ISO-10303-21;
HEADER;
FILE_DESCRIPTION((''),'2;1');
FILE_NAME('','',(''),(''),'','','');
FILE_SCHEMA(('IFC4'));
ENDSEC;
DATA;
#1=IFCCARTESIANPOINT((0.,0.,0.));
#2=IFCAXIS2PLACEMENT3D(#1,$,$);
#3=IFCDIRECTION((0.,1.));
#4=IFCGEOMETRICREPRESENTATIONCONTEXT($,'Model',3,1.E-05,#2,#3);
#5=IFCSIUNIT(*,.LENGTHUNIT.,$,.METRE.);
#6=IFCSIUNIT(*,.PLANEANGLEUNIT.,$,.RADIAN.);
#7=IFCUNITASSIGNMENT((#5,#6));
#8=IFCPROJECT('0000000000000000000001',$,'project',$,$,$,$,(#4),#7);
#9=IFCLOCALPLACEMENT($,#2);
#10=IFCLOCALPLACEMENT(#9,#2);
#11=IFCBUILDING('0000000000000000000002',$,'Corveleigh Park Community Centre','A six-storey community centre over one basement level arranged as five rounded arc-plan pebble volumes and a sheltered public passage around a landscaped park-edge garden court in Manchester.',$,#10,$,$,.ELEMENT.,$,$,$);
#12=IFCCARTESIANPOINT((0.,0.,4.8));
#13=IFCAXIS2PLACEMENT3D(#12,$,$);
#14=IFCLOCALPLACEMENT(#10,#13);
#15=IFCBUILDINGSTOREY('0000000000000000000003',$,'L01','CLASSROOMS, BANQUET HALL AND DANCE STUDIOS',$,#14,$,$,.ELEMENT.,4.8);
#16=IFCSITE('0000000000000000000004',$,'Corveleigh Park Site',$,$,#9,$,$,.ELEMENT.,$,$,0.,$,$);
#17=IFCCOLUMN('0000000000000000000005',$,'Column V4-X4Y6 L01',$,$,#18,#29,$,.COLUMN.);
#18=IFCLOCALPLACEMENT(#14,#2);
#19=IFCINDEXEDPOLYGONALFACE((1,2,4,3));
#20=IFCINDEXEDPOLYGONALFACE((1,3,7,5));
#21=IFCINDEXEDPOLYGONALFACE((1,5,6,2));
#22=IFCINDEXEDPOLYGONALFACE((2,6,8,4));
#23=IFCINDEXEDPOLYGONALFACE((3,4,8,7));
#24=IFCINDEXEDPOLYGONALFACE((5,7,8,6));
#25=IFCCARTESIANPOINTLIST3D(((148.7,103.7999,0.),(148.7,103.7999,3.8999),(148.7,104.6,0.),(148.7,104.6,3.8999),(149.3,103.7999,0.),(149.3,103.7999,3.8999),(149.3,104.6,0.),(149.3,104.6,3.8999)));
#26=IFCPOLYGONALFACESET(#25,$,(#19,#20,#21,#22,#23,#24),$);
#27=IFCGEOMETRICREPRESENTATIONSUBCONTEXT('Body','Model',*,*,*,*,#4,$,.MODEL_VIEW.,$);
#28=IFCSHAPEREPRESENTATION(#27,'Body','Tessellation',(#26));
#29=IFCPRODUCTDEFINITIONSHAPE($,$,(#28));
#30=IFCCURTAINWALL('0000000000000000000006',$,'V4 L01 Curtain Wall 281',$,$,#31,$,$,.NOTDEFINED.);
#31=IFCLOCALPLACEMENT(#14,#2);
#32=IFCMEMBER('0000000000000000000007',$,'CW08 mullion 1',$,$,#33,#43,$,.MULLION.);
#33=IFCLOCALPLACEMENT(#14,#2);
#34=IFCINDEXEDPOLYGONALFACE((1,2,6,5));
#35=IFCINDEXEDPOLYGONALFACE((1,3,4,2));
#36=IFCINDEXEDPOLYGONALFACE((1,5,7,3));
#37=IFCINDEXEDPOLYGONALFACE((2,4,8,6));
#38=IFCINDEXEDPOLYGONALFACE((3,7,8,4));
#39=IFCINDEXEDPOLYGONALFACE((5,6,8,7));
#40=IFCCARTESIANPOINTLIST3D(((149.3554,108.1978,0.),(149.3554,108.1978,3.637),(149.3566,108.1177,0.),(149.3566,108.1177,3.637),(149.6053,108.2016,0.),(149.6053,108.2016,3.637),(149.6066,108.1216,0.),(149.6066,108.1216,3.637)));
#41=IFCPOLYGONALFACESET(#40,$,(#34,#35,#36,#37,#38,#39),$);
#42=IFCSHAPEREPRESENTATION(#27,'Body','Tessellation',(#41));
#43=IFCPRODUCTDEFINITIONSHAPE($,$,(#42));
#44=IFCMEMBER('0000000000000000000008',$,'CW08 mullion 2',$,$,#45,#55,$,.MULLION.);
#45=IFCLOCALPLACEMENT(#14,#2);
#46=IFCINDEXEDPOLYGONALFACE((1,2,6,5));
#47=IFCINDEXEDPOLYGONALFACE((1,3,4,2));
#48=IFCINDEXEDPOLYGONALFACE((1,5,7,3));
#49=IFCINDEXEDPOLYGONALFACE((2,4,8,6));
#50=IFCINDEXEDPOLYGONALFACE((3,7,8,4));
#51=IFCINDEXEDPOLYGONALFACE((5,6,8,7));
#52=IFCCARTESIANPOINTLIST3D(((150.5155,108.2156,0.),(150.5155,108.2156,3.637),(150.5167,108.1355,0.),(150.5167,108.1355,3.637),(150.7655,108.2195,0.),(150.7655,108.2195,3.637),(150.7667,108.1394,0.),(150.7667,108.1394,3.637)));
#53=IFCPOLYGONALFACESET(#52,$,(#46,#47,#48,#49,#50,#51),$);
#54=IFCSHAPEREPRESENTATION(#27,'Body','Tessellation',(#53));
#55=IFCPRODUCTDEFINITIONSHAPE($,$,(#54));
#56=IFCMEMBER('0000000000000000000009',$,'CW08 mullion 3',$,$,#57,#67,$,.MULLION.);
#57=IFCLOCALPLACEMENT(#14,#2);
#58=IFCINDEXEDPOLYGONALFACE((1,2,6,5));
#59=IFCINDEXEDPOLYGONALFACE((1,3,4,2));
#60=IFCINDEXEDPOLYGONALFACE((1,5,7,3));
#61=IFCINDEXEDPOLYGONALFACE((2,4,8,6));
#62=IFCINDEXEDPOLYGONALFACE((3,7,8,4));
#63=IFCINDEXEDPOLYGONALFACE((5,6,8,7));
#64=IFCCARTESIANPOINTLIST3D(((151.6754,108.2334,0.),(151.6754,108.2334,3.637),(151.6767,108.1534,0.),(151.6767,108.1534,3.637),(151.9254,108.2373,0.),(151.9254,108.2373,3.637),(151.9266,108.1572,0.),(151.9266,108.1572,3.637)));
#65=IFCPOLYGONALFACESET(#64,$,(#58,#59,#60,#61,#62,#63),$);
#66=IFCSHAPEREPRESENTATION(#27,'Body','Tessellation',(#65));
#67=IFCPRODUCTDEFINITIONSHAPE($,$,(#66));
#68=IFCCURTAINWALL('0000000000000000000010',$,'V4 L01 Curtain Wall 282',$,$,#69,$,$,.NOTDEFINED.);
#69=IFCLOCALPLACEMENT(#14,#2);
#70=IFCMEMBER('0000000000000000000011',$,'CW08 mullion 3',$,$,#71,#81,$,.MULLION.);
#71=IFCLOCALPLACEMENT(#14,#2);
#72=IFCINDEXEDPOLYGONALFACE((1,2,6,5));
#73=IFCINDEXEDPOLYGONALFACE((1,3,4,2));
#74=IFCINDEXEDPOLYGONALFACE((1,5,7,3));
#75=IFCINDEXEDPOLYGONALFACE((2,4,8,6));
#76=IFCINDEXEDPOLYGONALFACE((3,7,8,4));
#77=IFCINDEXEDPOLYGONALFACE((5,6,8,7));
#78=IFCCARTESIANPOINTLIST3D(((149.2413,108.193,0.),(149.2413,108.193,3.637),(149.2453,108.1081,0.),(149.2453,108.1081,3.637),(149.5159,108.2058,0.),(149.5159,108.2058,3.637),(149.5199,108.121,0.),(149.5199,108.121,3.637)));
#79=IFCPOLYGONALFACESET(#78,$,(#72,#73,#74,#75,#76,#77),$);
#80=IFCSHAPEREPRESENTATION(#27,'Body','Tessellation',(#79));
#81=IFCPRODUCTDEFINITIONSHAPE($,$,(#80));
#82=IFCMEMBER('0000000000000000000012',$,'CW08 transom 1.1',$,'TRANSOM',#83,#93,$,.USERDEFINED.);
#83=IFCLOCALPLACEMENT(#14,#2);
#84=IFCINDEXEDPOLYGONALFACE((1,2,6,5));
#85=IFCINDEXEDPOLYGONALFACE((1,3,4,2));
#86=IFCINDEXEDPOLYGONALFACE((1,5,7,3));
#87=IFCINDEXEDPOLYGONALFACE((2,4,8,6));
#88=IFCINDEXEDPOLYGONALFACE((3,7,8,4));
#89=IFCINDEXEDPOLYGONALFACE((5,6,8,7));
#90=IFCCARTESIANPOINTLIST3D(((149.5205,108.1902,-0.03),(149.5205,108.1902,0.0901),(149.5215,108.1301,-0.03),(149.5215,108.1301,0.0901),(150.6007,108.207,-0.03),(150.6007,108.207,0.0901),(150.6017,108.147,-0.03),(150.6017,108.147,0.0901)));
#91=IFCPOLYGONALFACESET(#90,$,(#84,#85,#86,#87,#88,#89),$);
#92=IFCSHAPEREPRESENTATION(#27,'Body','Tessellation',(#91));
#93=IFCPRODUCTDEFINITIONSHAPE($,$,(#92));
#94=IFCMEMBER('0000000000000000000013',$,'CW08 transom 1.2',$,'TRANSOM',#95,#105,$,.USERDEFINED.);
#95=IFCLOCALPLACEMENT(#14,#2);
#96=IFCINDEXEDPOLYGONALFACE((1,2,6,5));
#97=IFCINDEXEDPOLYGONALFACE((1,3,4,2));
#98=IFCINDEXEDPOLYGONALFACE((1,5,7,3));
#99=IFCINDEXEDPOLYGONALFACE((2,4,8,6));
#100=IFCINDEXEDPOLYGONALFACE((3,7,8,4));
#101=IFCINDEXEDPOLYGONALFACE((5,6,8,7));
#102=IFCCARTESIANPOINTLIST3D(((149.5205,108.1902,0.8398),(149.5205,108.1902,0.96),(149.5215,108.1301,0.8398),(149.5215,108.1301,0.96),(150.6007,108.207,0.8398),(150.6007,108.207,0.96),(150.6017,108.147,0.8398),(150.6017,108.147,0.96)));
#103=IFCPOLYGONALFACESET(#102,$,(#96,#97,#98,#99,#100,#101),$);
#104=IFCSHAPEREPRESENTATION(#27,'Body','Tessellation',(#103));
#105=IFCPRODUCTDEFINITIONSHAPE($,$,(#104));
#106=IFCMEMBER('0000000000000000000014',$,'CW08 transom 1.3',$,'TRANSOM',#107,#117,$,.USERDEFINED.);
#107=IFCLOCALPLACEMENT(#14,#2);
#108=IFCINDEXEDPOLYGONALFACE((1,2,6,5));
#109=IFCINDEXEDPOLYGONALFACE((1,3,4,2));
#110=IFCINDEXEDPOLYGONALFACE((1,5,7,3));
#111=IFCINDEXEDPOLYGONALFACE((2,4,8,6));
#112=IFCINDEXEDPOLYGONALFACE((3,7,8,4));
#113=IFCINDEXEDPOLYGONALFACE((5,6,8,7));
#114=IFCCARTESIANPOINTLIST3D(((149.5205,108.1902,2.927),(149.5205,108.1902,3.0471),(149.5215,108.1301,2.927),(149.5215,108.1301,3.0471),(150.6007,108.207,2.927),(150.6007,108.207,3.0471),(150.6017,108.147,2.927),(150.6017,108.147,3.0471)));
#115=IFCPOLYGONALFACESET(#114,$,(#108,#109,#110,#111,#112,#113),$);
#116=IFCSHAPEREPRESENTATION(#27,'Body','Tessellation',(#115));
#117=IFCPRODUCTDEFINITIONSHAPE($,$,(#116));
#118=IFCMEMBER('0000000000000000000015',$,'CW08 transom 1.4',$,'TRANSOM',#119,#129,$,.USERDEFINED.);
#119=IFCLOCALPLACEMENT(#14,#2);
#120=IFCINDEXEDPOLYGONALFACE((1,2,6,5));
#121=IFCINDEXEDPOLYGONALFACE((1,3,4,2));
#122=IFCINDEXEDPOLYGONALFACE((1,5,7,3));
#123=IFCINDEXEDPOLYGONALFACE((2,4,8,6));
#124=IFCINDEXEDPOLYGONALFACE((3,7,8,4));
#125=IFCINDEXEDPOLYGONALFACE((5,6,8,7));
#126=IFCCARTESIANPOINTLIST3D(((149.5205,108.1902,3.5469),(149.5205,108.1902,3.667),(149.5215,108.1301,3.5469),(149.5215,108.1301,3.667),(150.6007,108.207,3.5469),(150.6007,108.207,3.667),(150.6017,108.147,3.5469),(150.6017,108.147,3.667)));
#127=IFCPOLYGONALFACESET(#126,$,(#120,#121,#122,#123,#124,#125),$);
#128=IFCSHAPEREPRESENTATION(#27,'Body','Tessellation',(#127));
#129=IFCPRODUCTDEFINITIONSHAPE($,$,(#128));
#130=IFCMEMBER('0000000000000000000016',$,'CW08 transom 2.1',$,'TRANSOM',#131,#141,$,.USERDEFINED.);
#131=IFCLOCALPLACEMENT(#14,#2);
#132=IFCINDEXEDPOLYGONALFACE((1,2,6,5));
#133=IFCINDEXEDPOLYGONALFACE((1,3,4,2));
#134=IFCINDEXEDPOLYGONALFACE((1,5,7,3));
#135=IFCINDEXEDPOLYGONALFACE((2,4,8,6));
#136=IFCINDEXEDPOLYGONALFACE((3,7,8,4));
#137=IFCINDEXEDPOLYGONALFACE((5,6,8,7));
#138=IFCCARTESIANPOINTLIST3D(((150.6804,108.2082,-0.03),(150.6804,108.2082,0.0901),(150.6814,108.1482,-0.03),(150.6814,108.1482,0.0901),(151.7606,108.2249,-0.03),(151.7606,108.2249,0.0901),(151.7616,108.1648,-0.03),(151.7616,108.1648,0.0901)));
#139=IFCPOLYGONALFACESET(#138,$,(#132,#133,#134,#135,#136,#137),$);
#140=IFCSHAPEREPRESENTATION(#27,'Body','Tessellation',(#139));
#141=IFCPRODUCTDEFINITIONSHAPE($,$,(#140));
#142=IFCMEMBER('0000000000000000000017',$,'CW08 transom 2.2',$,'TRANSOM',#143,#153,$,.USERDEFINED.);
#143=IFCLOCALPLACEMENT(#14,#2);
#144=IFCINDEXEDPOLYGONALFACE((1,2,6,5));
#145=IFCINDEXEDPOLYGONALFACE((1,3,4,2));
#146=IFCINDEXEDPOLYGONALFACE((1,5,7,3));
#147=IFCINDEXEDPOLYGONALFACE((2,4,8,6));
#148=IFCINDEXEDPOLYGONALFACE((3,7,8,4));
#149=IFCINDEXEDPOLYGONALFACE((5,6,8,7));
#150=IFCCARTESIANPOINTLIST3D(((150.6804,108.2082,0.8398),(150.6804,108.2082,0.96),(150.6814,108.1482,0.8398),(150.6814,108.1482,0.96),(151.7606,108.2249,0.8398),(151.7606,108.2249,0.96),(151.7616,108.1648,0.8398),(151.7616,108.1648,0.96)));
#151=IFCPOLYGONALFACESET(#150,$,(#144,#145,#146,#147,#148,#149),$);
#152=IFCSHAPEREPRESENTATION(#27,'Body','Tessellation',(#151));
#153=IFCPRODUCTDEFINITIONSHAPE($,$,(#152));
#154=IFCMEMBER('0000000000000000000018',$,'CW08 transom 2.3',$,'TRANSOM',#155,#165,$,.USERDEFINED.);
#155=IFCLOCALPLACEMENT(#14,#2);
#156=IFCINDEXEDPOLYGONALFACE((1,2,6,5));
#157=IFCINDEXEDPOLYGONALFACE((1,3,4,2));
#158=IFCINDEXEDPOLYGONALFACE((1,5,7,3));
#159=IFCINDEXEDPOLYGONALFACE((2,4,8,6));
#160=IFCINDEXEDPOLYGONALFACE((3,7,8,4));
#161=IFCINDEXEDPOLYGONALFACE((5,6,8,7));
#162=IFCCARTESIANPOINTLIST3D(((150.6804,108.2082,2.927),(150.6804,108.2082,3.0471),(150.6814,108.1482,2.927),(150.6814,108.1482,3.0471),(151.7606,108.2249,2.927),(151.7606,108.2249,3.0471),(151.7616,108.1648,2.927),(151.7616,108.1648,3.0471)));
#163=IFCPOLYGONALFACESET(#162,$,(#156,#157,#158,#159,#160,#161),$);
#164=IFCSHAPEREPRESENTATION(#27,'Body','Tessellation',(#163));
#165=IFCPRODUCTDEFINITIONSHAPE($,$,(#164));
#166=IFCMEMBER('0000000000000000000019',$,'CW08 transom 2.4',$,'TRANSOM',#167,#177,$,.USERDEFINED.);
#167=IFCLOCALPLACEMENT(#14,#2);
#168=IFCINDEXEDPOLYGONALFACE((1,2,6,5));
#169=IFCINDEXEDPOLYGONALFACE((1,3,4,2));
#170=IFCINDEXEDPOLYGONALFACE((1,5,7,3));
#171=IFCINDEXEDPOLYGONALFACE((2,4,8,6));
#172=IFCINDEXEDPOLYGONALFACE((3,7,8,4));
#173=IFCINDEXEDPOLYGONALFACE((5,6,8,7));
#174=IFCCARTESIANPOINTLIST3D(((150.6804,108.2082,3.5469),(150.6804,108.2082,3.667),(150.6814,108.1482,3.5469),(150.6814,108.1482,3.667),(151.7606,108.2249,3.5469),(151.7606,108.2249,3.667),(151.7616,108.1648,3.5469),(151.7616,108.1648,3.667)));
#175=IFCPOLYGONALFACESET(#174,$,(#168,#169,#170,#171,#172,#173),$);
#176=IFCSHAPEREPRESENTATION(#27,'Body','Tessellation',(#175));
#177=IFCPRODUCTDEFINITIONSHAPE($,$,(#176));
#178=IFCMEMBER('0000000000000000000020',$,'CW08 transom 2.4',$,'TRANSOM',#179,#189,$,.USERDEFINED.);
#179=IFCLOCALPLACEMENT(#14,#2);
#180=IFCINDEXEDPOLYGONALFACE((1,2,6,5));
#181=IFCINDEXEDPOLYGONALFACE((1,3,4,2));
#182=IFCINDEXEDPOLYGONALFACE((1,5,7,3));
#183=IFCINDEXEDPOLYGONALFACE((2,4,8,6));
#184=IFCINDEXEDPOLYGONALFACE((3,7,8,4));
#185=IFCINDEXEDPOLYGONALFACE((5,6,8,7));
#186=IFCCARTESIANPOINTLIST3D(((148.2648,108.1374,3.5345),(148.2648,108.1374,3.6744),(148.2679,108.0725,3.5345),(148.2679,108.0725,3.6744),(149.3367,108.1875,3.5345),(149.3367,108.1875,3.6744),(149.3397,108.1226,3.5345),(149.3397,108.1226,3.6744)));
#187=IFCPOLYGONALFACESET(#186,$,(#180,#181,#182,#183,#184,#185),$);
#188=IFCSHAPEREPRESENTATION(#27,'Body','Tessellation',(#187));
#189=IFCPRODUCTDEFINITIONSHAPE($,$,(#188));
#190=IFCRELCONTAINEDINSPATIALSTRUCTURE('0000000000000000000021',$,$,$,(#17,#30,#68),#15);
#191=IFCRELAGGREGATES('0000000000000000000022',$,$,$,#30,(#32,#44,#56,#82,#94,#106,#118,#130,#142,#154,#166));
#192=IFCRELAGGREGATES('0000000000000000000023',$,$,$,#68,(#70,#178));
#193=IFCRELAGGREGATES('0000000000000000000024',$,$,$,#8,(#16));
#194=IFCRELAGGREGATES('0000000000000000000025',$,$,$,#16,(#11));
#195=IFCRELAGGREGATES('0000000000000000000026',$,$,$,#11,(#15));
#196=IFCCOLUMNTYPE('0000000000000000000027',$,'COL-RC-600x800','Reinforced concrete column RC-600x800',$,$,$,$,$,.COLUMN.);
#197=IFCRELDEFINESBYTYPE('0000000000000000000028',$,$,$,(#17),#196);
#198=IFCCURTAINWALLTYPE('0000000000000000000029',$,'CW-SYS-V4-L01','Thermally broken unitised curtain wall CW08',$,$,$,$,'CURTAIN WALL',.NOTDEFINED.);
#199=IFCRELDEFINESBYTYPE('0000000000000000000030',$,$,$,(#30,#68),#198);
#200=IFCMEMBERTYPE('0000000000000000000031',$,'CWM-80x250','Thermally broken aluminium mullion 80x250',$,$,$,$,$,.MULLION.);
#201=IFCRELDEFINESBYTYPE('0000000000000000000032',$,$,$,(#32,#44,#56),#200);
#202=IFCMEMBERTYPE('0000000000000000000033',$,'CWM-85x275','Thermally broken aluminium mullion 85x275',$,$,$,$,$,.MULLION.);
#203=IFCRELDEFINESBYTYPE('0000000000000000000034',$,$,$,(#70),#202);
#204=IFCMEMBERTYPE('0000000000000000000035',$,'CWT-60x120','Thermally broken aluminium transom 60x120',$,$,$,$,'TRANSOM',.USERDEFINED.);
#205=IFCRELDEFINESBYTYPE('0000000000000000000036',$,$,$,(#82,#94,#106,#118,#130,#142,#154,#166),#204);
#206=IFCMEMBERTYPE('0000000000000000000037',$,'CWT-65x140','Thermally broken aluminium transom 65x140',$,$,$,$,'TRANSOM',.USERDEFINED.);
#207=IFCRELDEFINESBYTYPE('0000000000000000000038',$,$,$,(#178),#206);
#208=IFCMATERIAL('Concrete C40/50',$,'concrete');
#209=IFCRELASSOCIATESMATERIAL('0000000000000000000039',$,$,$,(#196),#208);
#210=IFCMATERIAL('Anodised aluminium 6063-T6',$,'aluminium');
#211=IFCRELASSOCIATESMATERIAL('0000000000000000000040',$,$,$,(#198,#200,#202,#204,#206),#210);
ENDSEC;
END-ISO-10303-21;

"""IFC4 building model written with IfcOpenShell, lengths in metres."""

from ifc_helpers import new_model, si_unit, direction, frame, origin, origin_2d, place, context, subcontext, project, spatial, rectangle, extrude, material, material_profile, profile_set, type_object, element, aggregate, save


model = new_model("IFC4")

# Units and contexts
model_context = context("Model", 3, precision=1e-05, world=origin(), true_north=direction((0.0, 1.0)))
body_context = subcontext(model_context, "Body", "Model", "MODEL_VIEW")
ifc_project = project(units=[si_unit("LENGTHUNIT", "METRE"), si_unit("PLANEANGLEUNIT", "RADIAN")], contexts=[model_context])

# Site, building, storey
site_placement = place(None, origin())
site = spatial("IfcSite", under=ifc_project, at=site_placement, Name="Corveleigh Park Site", CompositionType="ELEMENT", RefElevation=0.0)
building_placement = place(site_placement, origin())
building = spatial("IfcBuilding", under=site, at=building_placement, Name="Corveleigh Park Community Centre", Description="A six-storey community centre over one basement level arranged as five rounded arc-plan pebble volumes and a sheltered public passage around a landscaped park-edge garden court in Manchester.", CompositionType="ELEMENT")
storey_placement = place(building_placement, frame((0.0, 0.0, 4.8)))
storey = spatial("IfcBuildingStorey", under=building, at=storey_placement, Name="L01", Description="CLASSROOMS, BANQUET HALL AND DANCE STUDIOS", CompositionType="ELEMENT", Elevation=4.8)

# Column
ifc_material_1 = material(Name="Concrete C40/50", Category="concrete")
ifc_material_profile_1 = material_profile(ifc_material_1, rectangle(XDim=0.6001, YDim=0.8, at=origin_2d()), Name="RC-600x800", Category="concrete")
ifc_profile_set_1 = profile_set([ifc_material_profile_1], Name="Concrete C40/50")
column_type = type_object("IfcColumnType", Name="COL-RC-600x800", Description="Reinforced concrete column RC-600x800", PredefinedType="COLUMN", material=ifc_profile_set_1)
column_placement = place(storey_placement, frame((149.0, 104.2, 0.0), z_axis=(0.0, 0.0, 1.0), x_axis=(1.0, 0.0, 0.0)))
element("IfcColumn", 1, at=column_placement, inside=storey, type_object=column_type, Name="Column V4-X4Y6 L01", PredefinedType="COLUMN", context=body_context, shape_type="SweptSolid", body=[
    extrude(rectangle(XDim=0.6001, YDim=0.8, at=origin_2d()), origin(), (0.0, 0.0, 1.0), 3.8999),
])

# Curtain wall, members
ifc_material_2 = material(Name="Anodised aluminium 6063-T6", Category="aluminium")
curtain_wall_type = type_object("IfcCurtainWallType", Name="CW-SYS-V4-L01", Description="Thermally broken unitised curtain wall CW08", ElementType="CURTAIN WALL", PredefinedType="NOTDEFINED", material=ifc_material_2)
curtain_wall_1_placement = place(storey_placement, origin())
curtain_wall_1 = element("IfcCurtainWall", 2, at=curtain_wall_1_placement, inside=storey, type_object=curtain_wall_type, Name="V4 L01 Curtain Wall 281", PredefinedType="NOTDEFINED")
ifc_material_profile_2 = material_profile(ifc_material_2, rectangle(XDim=0.0801, YDim=0.25, at=origin_2d()), Name="ALU-M80x250", Category="aluminium")
ifc_profile_set_2 = profile_set([ifc_material_profile_2], Name="Anodised aluminium 6063-T6")
member_type_1 = type_object("IfcMemberType", Name="CWM-80x250", Description="Thermally broken aluminium mullion 80x250", PredefinedType="MULLION", material=ifc_profile_set_2)
member_1_placement = place(storey_placement, frame((149.481, 108.1597, 0.0), z_axis=(0.0, 0.0, 1.0), x_axis=(-0.015415, 0.999881, 0.0)))
member_1 = element("IfcMember", 3, at=member_1_placement, type_object=member_type_1, Name="CW08 mullion 1", PredefinedType="MULLION", context=body_context, shape_type="SweptSolid", body=[
    extrude(rectangle(XDim=0.0801, YDim=0.25, at=origin_2d()), origin(), (0.0, 0.0, 1.0), 3.637),
])
member_2_placement = place(storey_placement, frame((150.6411, 108.1775, 0.0), z_axis=(0.0, 0.0, 1.0), x_axis=(-0.015415, 0.999881, 0.0)))
member_2 = element("IfcMember", 4, at=member_2_placement, type_object=member_type_1, Name="CW08 mullion 2", PredefinedType="MULLION", context=body_context, shape_type="SweptSolid", body=[
    extrude(rectangle(XDim=0.0801, YDim=0.25, at=origin_2d()), origin(), (0.0, 0.0, 1.0), 3.637),
])
member_3_placement = place(storey_placement, frame((151.801, 108.1953, 0.0), z_axis=(0.0, 0.0, 1.0), x_axis=(-0.015415, 0.999881, 0.0)))
member_3 = element("IfcMember", 5, at=member_3_placement, type_object=member_type_1, Name="CW08 mullion 3", PredefinedType="MULLION", context=body_context, shape_type="SweptSolid", body=[
    extrude(rectangle(XDim=0.0801, YDim=0.25, at=origin_2d()), origin(), (0.0, 0.0, 1.0), 3.637),
])

# Curtain wall, member
curtain_wall_2_placement = place(storey_placement, origin())
curtain_wall_2 = element("IfcCurtainWall", 6, at=curtain_wall_2_placement, inside=storey, type_object=curtain_wall_type, Name="V4 L01 Curtain Wall 282", PredefinedType="NOTDEFINED")
ifc_material_profile_3 = material_profile(ifc_material_2, rectangle(XDim=0.085, YDim=0.2749, at=origin_2d()), Name="ALU-M85x275", Category="aluminium")
ifc_profile_set_3 = profile_set([ifc_material_profile_3], Name="Anodised aluminium 6063-T6")
member_type_2 = type_object("IfcMemberType", Name="CWM-85x275", Description="Thermally broken aluminium mullion 85x275", PredefinedType="MULLION", material=ifc_profile_set_3)
member_4_placement = place(storey_placement, frame((149.3806, 108.157, 0.0), z_axis=(0.0, 0.0, 1.0), x_axis=(-0.046655, 0.998911, 0.0)))
member_4 = element("IfcMember", 7, at=member_4_placement, type_object=member_type_2, Name="CW08 mullion 3", PredefinedType="MULLION", context=body_context, shape_type="SweptSolid", body=[
    extrude(rectangle(XDim=0.085, YDim=0.2749, at=origin_2d()), origin(), (0.0, 0.0, 1.0), 3.637),
])

# Members
ifc_material_profile_4 = material_profile(ifc_material_2, rectangle(XDim=0.0601, YDim=0.1201, at=origin_2d()), Name="ALU-T60x120", Category="aluminium")
ifc_profile_set_4 = profile_set([ifc_material_profile_4], Name="Anodised aluminium 6063-T6")
member_type_3 = type_object("IfcMemberType", Name="CWT-60x120", Description="Thermally broken aluminium transom 60x120", ElementType="TRANSOM", PredefinedType="USERDEFINED", material=ifc_profile_set_4)
member_5_placement = place(storey_placement, frame((149.521, 108.1602, 0.03), z_axis=(0.999878, 0.015595, 0.0), x_axis=(-0.015595, 0.999878, 0.0)))
member_5 = element("IfcMember", 8, at=member_5_placement, type_object=member_type_3, Name="CW08 transom 1.1", ObjectType="TRANSOM", PredefinedType="USERDEFINED", context=body_context, shape_type="SweptSolid", body=[
    extrude(rectangle(XDim=0.0601, YDim=0.1201, at=origin_2d()), origin(), (0.0, 0.0, 1.0), 1.0803),
])
member_6_placement = place(storey_placement, frame((149.521, 108.1602, 0.8999), z_axis=(0.999878, 0.015595, 0.0), x_axis=(-0.015595, 0.999878, 0.0)))
member_6 = element("IfcMember", 9, at=member_6_placement, type_object=member_type_3, Name="CW08 transom 1.2", ObjectType="TRANSOM", PredefinedType="USERDEFINED", context=body_context, shape_type="SweptSolid", body=[
    extrude(rectangle(XDim=0.0601, YDim=0.1201, at=origin_2d()), origin(), (0.0, 0.0, 1.0), 1.0803),
])
member_7_placement = place(storey_placement, frame((149.521, 108.1602, 2.9871), z_axis=(0.999878, 0.015595, 0.0), x_axis=(-0.015595, 0.999878, 0.0)))
member_7 = element("IfcMember", 10, at=member_7_placement, type_object=member_type_3, Name="CW08 transom 1.3", ObjectType="TRANSOM", PredefinedType="USERDEFINED", context=body_context, shape_type="SweptSolid", body=[
    extrude(rectangle(XDim=0.0601, YDim=0.1201, at=origin_2d()), origin(), (0.0, 0.0, 1.0), 1.0803),
])
member_8_placement = place(storey_placement, frame((149.521, 108.1602, 3.6069), z_axis=(0.999878, 0.015595, 0.0), x_axis=(-0.015595, 0.999878, 0.0)))
member_8 = element("IfcMember", 11, at=member_8_placement, type_object=member_type_3, Name="CW08 transom 1.4", ObjectType="TRANSOM", PredefinedType="USERDEFINED", context=body_context, shape_type="SweptSolid", body=[
    extrude(rectangle(XDim=0.0601, YDim=0.1201, at=origin_2d()), origin(), (0.0, 0.0, 1.0), 1.0803),
])
member_9_placement = place(storey_placement, frame((150.6809, 108.1782, 0.03), z_axis=(0.999882, 0.015369, 0.0), x_axis=(-0.015369, 0.999882, 0.0)))
member_9 = element("IfcMember", 12, at=member_9_placement, type_object=member_type_3, Name="CW08 transom 2.1", ObjectType="TRANSOM", PredefinedType="USERDEFINED", context=body_context, shape_type="SweptSolid", body=[
    extrude(rectangle(XDim=0.0601, YDim=0.1201, at=origin_2d()), origin(), (0.0, 0.0, 1.0), 1.0803),
])
member_10_placement = place(storey_placement, frame((150.6809, 108.1782, 0.8999), z_axis=(0.999882, 0.015369, 0.0), x_axis=(-0.015369, 0.999882, 0.0)))
member_10 = element("IfcMember", 13, at=member_10_placement, type_object=member_type_3, Name="CW08 transom 2.2", ObjectType="TRANSOM", PredefinedType="USERDEFINED", context=body_context, shape_type="SweptSolid", body=[
    extrude(rectangle(XDim=0.0601, YDim=0.1201, at=origin_2d()), origin(), (0.0, 0.0, 1.0), 1.0803),
])
member_11_placement = place(storey_placement, frame((150.6809, 108.1782, 2.9871), z_axis=(0.999882, 0.015369, 0.0), x_axis=(-0.015369, 0.999882, 0.0)))
member_11 = element("IfcMember", 14, at=member_11_placement, type_object=member_type_3, Name="CW08 transom 2.3", ObjectType="TRANSOM", PredefinedType="USERDEFINED", context=body_context, shape_type="SweptSolid", body=[
    extrude(rectangle(XDim=0.0601, YDim=0.1201, at=origin_2d()), origin(), (0.0, 0.0, 1.0), 1.0803),
])
member_12_placement = place(storey_placement, frame((150.6809, 108.1782, 3.6069), z_axis=(0.999882, 0.015369, 0.0), x_axis=(-0.015369, 0.999882, 0.0)))
member_12 = element("IfcMember", 15, at=member_12_placement, type_object=member_type_3, Name="CW08 transom 2.4", ObjectType="TRANSOM", PredefinedType="USERDEFINED", context=body_context, shape_type="SweptSolid", body=[
    extrude(rectangle(XDim=0.0601, YDim=0.1201, at=origin_2d()), origin(), (0.0, 0.0, 1.0), 1.0803),
])
ifc_material_profile_5 = material_profile(ifc_material_2, rectangle(XDim=0.0649, YDim=0.1399, at=origin_2d()), Name="ALU-T65x140", Category="aluminium")
ifc_profile_set_5 = profile_set([ifc_material_profile_5], Name="Anodised aluminium 6063-T6")
member_type_4 = type_object("IfcMemberType", Name="CWT-65x140", Description="Thermally broken aluminium transom 65x140", ElementType="TRANSOM", PredefinedType="USERDEFINED", material=ifc_profile_set_5)
member_13_placement = place(storey_placement, frame((148.2664, 108.105, 3.6045), z_axis=(0.998911, 0.046646, 0.0), x_axis=(-0.046646, 0.998911, 0.0)))
member_13 = element("IfcMember", 16, at=member_13_placement, type_object=member_type_4, Name="CW08 transom 2.4", ObjectType="TRANSOM", PredefinedType="USERDEFINED", context=body_context, shape_type="SweptSolid", body=[
    extrude(rectangle(XDim=0.0649, YDim=0.1399, at=origin_2d()), origin(), (0.0, 0.0, 1.0), 1.073),
])

aggregate(curtain_wall_1, [member_1, member_2, member_3, member_5, member_6, member_7, member_8, member_9, member_10, member_11, member_12])
aggregate(curtain_wall_2, [member_4, member_13])

save(model, "model.ifc")
